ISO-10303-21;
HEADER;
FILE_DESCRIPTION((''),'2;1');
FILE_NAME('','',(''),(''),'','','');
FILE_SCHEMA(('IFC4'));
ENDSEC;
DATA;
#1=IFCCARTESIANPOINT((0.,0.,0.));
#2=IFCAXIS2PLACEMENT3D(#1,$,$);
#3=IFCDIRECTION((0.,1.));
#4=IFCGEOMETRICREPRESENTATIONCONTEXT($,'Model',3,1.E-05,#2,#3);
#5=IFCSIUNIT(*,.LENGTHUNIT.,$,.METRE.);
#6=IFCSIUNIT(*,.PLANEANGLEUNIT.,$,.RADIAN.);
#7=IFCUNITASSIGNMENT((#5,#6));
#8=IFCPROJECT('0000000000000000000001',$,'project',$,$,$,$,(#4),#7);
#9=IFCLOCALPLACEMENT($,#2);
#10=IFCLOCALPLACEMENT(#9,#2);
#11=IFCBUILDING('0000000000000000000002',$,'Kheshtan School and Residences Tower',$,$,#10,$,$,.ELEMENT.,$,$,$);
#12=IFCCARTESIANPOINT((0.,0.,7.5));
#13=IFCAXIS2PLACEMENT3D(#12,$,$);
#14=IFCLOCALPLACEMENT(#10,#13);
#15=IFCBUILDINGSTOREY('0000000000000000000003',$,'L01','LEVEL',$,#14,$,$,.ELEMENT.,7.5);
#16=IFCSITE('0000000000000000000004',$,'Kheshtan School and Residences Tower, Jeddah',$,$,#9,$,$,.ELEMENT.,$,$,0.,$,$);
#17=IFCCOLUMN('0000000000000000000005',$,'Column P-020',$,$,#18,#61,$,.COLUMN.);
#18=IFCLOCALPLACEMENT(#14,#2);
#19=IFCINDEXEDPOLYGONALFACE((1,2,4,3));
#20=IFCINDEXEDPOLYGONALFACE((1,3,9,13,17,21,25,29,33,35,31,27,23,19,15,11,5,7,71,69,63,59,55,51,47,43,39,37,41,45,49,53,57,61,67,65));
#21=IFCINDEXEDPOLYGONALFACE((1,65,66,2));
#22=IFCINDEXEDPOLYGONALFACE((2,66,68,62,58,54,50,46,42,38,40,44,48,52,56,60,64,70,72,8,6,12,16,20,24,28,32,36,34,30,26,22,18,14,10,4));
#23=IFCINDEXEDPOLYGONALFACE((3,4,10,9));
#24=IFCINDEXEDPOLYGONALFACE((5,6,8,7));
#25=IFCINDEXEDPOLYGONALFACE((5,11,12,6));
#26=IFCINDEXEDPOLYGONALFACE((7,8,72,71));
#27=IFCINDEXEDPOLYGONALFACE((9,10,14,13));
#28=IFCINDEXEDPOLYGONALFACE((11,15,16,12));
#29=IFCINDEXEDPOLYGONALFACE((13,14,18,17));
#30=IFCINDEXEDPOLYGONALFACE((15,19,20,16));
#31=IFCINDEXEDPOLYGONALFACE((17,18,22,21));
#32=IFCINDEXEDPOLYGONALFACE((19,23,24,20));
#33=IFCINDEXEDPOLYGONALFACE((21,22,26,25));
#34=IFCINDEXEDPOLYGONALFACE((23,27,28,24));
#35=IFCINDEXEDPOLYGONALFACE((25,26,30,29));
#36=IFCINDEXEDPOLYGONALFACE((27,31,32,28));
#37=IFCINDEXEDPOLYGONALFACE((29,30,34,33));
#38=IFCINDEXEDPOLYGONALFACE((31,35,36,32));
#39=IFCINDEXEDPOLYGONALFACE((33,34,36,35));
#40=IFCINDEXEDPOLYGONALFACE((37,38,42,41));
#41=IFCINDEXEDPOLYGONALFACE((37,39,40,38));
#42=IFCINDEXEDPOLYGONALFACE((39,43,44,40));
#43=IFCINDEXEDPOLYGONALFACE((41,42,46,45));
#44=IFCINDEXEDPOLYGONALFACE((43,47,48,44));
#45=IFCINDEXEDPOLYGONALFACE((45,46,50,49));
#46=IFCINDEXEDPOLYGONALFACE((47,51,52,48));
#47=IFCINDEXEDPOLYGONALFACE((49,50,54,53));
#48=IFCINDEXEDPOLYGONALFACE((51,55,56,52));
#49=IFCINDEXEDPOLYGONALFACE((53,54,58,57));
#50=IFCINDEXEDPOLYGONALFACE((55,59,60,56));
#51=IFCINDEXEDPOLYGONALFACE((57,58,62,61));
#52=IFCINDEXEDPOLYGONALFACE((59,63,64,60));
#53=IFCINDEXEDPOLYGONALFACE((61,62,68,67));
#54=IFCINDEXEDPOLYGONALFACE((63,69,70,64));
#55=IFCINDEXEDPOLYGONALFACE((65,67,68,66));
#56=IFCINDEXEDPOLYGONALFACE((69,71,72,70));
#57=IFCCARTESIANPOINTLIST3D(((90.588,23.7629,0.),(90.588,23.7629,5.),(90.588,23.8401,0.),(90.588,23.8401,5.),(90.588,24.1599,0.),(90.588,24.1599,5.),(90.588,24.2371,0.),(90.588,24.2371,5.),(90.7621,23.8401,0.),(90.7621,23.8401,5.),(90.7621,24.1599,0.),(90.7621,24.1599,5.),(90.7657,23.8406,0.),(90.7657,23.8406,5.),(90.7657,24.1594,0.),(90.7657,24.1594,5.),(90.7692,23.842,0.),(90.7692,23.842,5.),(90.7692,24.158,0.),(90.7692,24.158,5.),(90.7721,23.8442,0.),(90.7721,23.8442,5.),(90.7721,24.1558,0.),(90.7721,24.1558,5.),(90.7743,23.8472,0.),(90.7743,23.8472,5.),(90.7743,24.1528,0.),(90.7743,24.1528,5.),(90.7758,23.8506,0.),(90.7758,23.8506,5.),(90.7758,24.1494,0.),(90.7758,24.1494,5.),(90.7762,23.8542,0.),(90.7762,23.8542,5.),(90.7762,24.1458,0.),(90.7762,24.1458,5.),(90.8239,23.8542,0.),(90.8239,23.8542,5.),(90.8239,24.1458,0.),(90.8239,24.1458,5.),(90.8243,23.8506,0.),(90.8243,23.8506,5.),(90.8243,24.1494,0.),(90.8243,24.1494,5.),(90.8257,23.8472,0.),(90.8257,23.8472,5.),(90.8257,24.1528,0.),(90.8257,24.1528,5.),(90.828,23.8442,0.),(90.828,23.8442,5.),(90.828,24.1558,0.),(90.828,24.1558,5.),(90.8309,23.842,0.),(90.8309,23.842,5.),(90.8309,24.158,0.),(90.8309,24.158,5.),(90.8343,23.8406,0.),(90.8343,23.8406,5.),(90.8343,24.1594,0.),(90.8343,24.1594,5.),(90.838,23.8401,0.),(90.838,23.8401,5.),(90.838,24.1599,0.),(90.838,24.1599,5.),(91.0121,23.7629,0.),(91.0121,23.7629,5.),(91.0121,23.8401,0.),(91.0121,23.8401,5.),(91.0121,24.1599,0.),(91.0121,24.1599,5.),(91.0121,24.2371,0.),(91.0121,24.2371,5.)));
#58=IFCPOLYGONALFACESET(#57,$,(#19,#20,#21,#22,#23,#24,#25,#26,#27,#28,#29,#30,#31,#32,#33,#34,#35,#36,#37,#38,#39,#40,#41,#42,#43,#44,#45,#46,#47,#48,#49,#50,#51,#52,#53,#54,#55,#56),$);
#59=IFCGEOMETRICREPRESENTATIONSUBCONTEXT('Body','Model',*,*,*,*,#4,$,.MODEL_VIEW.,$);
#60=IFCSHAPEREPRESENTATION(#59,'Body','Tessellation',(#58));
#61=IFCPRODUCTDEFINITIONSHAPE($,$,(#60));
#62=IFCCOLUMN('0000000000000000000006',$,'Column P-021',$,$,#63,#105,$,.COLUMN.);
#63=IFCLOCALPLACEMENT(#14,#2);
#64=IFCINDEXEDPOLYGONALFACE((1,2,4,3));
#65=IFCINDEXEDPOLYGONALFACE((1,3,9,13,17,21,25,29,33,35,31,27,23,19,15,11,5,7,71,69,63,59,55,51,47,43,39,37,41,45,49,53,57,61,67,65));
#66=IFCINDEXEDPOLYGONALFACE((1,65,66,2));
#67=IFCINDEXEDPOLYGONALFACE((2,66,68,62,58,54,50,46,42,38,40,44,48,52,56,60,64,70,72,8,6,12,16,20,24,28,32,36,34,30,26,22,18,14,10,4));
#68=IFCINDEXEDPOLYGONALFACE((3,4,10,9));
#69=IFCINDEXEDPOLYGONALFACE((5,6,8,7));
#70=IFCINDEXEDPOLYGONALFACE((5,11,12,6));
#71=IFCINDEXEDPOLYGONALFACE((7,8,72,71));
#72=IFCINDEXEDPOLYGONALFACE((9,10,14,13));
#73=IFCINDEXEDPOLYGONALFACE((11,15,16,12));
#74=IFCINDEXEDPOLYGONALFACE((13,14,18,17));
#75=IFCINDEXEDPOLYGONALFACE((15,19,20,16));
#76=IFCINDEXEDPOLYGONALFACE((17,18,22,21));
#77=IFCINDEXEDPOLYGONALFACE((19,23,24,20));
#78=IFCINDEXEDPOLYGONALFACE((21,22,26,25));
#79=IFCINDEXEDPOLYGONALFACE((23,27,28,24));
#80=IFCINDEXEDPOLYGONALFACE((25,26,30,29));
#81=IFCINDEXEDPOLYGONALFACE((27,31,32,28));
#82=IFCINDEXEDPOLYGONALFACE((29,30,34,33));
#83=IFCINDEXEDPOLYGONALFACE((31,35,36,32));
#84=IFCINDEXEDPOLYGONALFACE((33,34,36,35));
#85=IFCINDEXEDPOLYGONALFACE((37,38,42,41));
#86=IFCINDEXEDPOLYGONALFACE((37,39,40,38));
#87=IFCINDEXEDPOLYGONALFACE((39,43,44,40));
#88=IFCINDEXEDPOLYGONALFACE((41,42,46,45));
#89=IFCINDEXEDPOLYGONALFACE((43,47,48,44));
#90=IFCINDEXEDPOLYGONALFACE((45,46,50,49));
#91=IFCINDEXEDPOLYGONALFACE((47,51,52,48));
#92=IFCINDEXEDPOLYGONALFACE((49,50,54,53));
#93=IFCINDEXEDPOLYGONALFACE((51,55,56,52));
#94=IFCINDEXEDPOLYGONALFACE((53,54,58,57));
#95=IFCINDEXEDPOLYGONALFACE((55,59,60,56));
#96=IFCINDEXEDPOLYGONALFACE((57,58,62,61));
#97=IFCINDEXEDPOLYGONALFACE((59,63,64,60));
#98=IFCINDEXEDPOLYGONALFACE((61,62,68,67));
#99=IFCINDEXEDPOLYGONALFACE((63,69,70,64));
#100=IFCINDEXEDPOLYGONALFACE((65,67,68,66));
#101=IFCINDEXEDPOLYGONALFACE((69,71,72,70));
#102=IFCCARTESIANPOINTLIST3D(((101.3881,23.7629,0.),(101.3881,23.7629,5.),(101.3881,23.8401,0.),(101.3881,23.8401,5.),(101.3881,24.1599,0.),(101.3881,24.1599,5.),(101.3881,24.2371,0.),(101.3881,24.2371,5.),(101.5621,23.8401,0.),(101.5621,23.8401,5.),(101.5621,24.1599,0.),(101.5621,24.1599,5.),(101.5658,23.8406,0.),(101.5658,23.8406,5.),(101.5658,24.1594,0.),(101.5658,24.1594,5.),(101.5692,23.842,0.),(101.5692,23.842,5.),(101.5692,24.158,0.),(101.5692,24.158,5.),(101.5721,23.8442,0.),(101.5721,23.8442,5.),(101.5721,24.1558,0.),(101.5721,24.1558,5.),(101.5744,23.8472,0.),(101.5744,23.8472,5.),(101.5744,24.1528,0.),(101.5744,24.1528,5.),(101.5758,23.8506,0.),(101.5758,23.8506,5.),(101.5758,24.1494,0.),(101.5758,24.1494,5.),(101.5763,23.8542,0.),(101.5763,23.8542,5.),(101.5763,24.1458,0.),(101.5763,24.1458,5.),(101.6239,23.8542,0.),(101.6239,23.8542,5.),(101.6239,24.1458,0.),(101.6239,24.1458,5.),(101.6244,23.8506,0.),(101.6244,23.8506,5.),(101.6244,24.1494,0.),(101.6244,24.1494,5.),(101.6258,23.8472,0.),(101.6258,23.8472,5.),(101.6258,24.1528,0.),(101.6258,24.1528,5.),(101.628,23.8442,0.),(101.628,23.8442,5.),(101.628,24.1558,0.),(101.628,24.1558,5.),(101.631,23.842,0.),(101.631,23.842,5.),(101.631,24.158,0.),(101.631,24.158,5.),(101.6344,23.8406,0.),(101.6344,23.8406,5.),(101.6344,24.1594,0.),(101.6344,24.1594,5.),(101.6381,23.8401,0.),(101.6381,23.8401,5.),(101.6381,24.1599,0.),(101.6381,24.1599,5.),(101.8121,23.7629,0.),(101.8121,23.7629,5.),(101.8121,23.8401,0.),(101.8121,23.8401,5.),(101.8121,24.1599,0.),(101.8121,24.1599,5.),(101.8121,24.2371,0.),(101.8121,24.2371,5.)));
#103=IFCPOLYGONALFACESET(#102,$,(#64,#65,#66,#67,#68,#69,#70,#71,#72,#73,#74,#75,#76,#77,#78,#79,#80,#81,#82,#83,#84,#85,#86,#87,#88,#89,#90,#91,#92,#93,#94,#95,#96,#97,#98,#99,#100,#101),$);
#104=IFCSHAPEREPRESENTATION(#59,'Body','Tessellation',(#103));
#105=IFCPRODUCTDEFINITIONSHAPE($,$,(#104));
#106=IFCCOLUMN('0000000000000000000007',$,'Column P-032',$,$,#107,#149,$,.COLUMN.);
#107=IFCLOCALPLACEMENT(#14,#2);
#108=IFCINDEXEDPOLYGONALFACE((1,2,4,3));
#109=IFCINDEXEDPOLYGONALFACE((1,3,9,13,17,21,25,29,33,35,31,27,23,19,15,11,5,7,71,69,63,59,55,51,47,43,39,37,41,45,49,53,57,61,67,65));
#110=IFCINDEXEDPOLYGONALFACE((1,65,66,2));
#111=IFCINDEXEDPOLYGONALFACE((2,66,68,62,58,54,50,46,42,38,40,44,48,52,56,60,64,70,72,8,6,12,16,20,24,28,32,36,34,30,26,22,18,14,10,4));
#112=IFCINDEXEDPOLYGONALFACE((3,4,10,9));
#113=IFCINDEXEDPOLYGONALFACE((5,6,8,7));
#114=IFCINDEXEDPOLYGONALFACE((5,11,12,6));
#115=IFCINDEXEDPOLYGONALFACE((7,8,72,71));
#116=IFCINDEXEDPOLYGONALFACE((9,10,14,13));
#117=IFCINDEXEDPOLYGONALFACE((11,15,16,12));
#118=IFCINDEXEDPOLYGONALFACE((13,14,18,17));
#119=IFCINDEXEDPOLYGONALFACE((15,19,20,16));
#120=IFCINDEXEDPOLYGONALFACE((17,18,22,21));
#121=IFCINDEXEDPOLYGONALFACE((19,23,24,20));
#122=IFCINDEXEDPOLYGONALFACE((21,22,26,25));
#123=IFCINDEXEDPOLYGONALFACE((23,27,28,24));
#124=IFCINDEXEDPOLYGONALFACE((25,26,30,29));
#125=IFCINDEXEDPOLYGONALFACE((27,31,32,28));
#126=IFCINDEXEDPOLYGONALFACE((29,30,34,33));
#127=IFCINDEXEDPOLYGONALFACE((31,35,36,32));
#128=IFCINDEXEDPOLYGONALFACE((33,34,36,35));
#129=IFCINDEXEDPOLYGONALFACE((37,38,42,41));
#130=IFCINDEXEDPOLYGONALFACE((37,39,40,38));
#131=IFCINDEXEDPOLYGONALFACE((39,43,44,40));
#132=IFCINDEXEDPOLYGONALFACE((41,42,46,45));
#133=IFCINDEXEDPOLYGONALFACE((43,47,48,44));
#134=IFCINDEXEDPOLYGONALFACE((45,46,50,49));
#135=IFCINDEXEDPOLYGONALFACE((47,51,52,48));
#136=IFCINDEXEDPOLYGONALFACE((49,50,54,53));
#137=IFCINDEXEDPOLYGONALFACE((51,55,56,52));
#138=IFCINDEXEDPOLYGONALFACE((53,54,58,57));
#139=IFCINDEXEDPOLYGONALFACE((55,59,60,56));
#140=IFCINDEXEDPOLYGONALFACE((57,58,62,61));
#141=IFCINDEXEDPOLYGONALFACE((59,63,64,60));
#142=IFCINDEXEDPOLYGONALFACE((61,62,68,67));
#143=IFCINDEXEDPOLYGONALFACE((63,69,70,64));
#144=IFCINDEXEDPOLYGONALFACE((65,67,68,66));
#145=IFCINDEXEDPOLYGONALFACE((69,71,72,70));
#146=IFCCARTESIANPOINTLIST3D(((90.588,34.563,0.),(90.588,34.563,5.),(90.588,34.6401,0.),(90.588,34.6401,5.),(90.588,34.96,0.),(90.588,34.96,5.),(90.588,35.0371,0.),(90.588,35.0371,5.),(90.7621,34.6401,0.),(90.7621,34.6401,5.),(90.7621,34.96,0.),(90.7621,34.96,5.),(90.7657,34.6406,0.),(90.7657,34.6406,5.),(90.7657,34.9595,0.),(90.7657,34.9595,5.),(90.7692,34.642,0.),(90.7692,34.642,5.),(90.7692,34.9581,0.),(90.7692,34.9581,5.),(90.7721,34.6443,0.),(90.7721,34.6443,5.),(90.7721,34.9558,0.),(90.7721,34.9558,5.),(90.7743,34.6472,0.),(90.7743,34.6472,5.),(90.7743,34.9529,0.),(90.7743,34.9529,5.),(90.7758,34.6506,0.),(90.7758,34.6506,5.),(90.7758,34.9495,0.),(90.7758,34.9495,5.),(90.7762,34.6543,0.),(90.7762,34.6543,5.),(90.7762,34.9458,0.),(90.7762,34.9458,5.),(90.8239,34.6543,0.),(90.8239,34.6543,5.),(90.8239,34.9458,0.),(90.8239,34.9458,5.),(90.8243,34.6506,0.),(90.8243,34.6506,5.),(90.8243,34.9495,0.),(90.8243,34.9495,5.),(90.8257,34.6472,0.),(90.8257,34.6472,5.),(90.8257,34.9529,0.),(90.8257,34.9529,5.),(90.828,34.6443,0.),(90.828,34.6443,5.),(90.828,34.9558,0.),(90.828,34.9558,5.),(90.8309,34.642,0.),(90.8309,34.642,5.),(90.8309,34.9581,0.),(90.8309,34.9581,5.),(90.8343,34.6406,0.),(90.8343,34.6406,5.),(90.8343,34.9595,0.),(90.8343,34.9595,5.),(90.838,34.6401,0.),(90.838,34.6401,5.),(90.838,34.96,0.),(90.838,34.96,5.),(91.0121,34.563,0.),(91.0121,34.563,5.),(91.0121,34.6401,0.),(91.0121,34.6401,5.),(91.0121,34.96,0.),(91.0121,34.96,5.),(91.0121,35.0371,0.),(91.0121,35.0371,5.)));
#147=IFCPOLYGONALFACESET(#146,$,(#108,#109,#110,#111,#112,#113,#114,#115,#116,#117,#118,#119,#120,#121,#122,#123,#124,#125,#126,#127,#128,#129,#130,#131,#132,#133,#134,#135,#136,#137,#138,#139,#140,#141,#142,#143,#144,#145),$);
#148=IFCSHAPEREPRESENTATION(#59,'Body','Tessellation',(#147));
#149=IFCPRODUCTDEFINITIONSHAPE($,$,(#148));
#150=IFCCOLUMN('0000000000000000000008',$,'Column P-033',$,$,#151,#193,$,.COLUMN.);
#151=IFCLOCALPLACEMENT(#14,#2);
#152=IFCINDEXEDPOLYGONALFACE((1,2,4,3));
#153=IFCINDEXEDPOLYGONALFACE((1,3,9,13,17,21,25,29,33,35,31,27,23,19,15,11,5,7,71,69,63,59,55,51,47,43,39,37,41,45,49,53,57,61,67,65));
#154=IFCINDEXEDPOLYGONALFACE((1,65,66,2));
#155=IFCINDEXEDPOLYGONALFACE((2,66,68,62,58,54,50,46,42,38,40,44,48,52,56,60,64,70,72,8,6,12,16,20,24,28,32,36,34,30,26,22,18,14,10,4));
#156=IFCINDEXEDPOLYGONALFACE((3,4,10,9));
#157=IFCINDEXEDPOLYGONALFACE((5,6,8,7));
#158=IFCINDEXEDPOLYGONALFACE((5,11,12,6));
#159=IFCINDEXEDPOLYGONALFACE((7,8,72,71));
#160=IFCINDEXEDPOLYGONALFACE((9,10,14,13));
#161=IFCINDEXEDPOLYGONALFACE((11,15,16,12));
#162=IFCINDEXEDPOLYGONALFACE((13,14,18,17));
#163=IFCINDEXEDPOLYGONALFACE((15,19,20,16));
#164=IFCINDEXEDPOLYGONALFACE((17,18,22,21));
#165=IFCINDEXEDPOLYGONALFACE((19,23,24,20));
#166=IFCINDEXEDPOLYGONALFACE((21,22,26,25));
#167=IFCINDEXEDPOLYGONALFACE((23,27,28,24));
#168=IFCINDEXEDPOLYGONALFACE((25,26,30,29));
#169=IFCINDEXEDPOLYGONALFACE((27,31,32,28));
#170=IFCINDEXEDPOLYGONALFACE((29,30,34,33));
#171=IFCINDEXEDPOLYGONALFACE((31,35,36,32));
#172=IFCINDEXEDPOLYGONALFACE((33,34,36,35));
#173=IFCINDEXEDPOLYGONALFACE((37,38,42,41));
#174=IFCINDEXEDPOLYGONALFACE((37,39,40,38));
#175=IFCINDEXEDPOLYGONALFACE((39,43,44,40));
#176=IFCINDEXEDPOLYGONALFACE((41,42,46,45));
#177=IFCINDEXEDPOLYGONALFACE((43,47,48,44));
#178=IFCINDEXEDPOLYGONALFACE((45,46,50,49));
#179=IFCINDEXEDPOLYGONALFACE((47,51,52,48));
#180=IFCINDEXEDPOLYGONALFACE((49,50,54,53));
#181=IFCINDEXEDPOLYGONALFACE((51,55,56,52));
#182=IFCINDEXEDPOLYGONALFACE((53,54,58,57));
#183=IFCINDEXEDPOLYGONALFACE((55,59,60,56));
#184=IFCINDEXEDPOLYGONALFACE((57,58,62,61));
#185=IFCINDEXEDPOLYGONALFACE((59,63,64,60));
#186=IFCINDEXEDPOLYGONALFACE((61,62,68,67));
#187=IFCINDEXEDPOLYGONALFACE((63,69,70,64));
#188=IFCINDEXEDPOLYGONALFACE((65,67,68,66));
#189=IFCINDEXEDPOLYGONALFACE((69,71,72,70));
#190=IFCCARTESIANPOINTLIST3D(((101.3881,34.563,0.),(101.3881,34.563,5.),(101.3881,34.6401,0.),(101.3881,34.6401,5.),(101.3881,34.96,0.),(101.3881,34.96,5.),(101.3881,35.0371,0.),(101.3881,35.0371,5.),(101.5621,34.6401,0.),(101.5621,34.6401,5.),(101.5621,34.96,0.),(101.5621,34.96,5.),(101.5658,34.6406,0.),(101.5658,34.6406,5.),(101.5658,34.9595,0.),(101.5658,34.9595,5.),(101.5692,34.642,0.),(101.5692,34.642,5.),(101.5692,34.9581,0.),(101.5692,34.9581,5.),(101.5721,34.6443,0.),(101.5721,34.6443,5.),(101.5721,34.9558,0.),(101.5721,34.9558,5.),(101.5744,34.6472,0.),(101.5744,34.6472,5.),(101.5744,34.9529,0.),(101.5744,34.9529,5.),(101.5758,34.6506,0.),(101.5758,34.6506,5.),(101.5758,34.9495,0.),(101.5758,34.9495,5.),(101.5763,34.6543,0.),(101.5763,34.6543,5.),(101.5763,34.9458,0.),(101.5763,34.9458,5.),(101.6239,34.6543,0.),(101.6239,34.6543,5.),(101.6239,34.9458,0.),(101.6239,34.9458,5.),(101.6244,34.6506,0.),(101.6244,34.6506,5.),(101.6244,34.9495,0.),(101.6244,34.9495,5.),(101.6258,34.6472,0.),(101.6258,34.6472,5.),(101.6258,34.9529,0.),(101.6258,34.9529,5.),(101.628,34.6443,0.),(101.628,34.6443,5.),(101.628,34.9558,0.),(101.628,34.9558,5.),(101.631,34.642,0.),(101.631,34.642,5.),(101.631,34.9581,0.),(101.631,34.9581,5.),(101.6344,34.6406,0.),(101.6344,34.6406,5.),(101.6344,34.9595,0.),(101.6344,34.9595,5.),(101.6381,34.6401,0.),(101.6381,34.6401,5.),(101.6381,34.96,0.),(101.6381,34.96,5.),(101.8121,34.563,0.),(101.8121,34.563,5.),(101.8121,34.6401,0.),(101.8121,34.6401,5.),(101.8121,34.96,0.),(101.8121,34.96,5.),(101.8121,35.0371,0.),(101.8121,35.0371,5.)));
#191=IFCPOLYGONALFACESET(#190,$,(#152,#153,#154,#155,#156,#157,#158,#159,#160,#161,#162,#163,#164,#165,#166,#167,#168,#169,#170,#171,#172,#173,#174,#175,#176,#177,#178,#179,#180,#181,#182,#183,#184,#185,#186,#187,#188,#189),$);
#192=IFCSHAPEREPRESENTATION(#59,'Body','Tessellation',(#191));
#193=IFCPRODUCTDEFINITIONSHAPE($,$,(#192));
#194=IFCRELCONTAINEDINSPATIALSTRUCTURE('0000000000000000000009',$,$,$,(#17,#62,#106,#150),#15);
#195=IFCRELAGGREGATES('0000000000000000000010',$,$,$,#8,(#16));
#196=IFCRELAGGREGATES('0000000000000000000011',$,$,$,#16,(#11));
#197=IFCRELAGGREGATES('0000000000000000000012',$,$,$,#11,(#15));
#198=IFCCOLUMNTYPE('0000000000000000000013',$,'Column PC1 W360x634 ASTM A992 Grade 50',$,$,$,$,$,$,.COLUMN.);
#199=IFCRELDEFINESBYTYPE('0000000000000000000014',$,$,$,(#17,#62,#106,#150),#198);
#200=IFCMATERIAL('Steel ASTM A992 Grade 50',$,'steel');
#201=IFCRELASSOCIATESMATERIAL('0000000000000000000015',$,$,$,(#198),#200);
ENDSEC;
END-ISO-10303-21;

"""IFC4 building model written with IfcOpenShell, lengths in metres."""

from ifc_helpers import new_model, si_unit, direction, frame, origin, origin_2d, place, context, subcontext, project, spatial, i_section, extrude, material, material_profile, profile_set, type_object, element, save


model = new_model("IFC4")

# Units and contexts
model_context = context("Model", 3, precision=1e-05, world=origin(), true_north=direction((0.0, 1.0)))
body_context = subcontext(model_context, "Body", "Model", "MODEL_VIEW")
ifc_project = project(units=[si_unit("LENGTHUNIT", "METRE"), si_unit("PLANEANGLEUNIT", "RADIAN")], contexts=[model_context])

# Site, building, storey
site_placement = place(None, origin())
site = spatial("IfcSite", under=ifc_project, at=site_placement, Name="Kheshtan School and Residences Tower, Jeddah", CompositionType="ELEMENT", RefElevation=0.0)
building_placement = place(site_placement, origin())
building = spatial("IfcBuilding", under=site, at=building_placement, Name="Kheshtan School and Residences Tower", CompositionType="ELEMENT")
storey_placement = place(building_placement, frame((0.0, 0.0, 7.5)))
storey = spatial("IfcBuildingStorey", under=building, at=storey_placement, Name="L01", Description="LEVEL", CompositionType="ELEMENT", Elevation=7.5)

# Columns
ifc_material_1 = material(Name="Steel ASTM A992 Grade 50", Category="steel")
ifc_material_profile = material_profile(ifc_material_1, i_section(OverallWidth=0.4241, OverallDepth=0.4741, WebThickness=0.0476, FlangeThickness=0.0771, FilletRadius=0.0142, at=origin_2d()), Name="W360x634")
ifc_profile_set = profile_set([ifc_material_profile], Name="Steel ASTM A992 Grade 50")
column_type = type_object("IfcColumnType", Name="Column PC1 W360x634 ASTM A992 Grade 50", PredefinedType="COLUMN", material=ifc_profile_set)
for number, where, z_axis, x_axis, name in (
    (1, (90.8, 24.0, 0.0), (0.0, 0.0, 1.0), (1.0, 0.0, 0.0), "Column P-020"),
    (2, (101.6001, 24.0, 0.0), (0.0, 0.0, 1.0), (1.0, 0.0, 0.0), "Column P-021"),
    (3, (90.8, 34.8, 0.0), (0.0, 0.0, 1.0), (1.0, 0.0, 0.0), "Column P-032"),
    (4, (101.6001, 34.8, 0.0), (0.0, 0.0, 1.0), (1.0, 0.0, 0.0), "Column P-033"),
):
    element("IfcColumn", number, at=place(storey_placement, frame(where, z_axis=z_axis, x_axis=x_axis)), inside=storey, type_object=column_type, Name=name, PredefinedType="COLUMN", context=body_context, shape_type="SweptSolid", body=[
        extrude(i_section(OverallWidth=0.4241, OverallDepth=0.4741, WebThickness=0.0476, FlangeThickness=0.0771, FilletRadius=0.0142, at=origin_2d()), origin(), (0.0, 0.0, 1.0), 5.0),
    ])

save(model, "model.ifc")
